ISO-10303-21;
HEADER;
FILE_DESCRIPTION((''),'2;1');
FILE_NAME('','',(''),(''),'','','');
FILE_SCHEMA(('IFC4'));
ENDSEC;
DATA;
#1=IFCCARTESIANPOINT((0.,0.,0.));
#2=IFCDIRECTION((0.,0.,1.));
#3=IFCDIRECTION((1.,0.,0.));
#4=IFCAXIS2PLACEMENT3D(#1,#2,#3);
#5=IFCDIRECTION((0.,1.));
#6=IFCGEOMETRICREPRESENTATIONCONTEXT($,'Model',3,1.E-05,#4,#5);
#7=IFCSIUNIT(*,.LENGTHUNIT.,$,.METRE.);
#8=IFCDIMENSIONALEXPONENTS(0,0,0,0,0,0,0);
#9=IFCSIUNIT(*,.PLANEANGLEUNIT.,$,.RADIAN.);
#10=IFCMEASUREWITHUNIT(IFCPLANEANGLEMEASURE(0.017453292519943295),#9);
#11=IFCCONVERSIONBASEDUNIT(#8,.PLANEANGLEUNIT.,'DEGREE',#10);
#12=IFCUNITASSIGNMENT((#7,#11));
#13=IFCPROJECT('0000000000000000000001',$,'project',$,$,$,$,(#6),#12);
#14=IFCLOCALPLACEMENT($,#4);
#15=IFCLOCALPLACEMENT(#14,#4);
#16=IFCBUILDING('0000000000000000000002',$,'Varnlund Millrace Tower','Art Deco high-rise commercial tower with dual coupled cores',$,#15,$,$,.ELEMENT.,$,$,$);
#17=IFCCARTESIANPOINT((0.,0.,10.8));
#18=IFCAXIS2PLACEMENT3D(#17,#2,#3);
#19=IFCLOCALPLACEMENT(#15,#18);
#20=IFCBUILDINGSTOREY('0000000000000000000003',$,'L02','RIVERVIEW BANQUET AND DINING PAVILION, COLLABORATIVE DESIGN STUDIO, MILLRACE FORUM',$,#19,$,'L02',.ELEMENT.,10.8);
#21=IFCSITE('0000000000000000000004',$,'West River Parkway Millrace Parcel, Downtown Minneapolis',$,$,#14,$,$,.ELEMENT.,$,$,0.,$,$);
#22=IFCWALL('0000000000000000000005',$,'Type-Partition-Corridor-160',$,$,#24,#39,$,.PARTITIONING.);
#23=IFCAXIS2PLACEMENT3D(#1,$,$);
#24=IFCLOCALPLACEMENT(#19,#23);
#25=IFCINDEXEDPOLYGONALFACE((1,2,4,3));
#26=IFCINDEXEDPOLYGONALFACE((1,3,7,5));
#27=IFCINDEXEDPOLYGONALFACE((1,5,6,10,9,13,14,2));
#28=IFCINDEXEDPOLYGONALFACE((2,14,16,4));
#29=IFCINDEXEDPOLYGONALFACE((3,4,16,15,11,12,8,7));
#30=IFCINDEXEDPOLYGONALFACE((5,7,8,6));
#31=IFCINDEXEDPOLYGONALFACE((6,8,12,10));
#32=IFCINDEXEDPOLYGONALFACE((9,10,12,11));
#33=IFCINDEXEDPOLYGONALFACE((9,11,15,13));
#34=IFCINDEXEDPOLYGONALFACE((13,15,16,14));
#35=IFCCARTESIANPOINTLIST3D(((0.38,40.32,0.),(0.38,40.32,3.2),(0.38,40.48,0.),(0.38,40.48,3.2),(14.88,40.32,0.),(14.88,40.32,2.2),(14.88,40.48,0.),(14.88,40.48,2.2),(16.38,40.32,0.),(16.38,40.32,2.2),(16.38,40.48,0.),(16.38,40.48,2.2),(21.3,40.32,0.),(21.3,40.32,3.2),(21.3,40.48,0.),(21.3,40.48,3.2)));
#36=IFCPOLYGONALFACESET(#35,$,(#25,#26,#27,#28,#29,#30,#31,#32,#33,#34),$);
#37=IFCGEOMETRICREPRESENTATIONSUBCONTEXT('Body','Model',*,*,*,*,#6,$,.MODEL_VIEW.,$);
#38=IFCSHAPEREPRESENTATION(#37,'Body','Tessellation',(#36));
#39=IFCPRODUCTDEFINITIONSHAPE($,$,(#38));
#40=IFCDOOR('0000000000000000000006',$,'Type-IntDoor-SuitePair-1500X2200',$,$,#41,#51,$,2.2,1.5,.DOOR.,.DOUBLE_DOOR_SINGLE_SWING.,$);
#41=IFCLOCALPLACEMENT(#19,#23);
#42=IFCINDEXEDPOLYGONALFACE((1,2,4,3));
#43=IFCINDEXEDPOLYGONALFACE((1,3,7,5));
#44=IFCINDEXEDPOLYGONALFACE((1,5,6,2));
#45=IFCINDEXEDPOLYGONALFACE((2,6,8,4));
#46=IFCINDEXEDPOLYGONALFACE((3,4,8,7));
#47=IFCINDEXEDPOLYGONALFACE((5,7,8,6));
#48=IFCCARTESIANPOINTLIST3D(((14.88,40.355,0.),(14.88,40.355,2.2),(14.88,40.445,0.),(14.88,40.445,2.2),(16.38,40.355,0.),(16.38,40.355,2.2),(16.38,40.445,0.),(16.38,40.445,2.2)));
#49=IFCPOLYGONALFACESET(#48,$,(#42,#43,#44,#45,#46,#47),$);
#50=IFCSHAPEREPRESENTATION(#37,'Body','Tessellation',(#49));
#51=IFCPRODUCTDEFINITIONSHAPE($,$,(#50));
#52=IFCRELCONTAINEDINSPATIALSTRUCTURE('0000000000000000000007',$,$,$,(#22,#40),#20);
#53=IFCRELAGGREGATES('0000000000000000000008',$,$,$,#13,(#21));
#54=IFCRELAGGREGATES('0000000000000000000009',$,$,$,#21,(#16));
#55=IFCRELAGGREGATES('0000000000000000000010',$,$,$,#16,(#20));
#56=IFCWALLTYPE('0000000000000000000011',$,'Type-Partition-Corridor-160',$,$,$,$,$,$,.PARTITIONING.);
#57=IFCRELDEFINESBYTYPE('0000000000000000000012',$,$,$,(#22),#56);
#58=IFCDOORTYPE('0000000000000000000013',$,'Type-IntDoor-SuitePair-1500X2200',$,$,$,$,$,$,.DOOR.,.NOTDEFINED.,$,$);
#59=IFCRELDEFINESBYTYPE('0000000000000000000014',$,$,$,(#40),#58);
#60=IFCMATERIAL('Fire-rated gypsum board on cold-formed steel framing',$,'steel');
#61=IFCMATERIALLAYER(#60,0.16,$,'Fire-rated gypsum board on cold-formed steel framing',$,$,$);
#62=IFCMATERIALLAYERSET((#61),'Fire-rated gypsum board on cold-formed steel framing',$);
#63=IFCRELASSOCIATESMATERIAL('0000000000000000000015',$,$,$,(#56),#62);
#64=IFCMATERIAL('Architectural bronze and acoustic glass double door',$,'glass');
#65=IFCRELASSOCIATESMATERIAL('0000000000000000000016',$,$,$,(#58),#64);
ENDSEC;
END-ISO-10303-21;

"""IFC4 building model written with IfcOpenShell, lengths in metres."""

from ifc_helpers import new_model, entity, si_unit, converted_unit, direction, frame, origin_with_axes, origin_2d_with_axis, place, context, subcontext, project, spatial, polyline, rectangle, outline, extrude, material, layer, layer_set, type_object, element, fill, save


model = new_model("IFC4")

# Units and contexts
model_context = context("Model", 3, precision=1e-05, world=origin_with_axes(), true_north=direction((0.0, 1.0)))
body_context = subcontext(model_context, "Body", "Model", "MODEL_VIEW")
ifc_project = project(units=[si_unit("LENGTHUNIT", "METRE"), converted_unit("PLANEANGLEUNIT", "DEGREE", entity("IfcPlaneAngleMeasure", 0.017453292519943295), si_unit("PLANEANGLEUNIT", "RADIAN"), dimensions=[0, 0, 0, 0, 0, 0, 0])], contexts=[model_context])

# Site, building, storey
site_placement = place(None, origin_with_axes())
site = spatial("IfcSite", under=ifc_project, at=site_placement, Name="West River Parkway Millrace Parcel, Downtown Minneapolis", CompositionType="ELEMENT", RefElevation=0.0)
building_placement = place(site_placement, origin_with_axes())
building = spatial("IfcBuilding", under=site, at=building_placement, Name="Varnlund Millrace Tower", Description="Art Deco high-rise commercial tower with dual coupled cores", CompositionType="ELEMENT")
storey_placement = place(building_placement, frame((0.0, 0.0, 10.8), z_axis=(0.0, 0.0, 1.0), x_axis=(1.0, 0.0, 0.0)))
storey = spatial("IfcBuildingStorey", under=building, at=storey_placement, Name="L02", Description="RIVERVIEW BANQUET AND DINING PAVILION, COLLABORATIVE DESIGN STUDIO, MILLRACE FORUM", LongName="L02", CompositionType="ELEMENT", Elevation=10.8)

# Wall, opening, door
ifc_material_1 = material(Name="Fire-rated gypsum board on cold-formed steel framing", Category="steel")
ifc_layer_1 = layer(ifc_material_1, 0.16, Name="Fire-rated gypsum board on cold-formed steel framing")
ifc_layer_set_1 = layer_set([ifc_layer_1], Name="Fire-rated gypsum board on cold-formed steel framing")
wall_type_1 = type_object("IfcWallType", Name="Type-Partition-Corridor-160", PredefinedType="PARTITIONING", material=ifc_layer_set_1)
wall_1_placement = place(storey_placement, frame((0.38, 40.4, 0.0), z_axis=(0.0, 0.0, 1.0), x_axis=(1.0, 0.0, 0.0)))
wall_1 = element("IfcWall", 1, at=wall_1_placement, inside=storey, type_object=wall_type_1, Name="Type-Partition-Corridor-160", PredefinedType="PARTITIONING", context=body_context, shape_type="SweptSolid", body=[
    extrude(outline(polyline([(0.0, -0.08), (20.92, -0.08), (20.92, 0.08), (0.0, 0.08), (0.0, -0.08)])), origin_with_axes(), (0.0, 0.0, 1.0), 3.2),
])
opening_1_placement = place(wall_1_placement, frame((15.25, 0.0, 0.0), z_axis=(0.0, 0.0, 1.0), x_axis=(1.0, 0.0, 0.0)))
opening_1 = element("IfcOpeningElement", 2, at=opening_1_placement, cuts=wall_1, PredefinedType="OPENING", context=body_context, shape_type="SweptSolid", body=[
    extrude(rectangle(XDim=1.5, YDim=0.18, at=origin_2d_with_axis()), origin_with_axes(), (0.0, 0.0, 1.0), 2.2),
])
ifc_material_2 = material(Name="Architectural bronze and acoustic glass double door", Category="glass")
door_type_1 = type_object("IfcDoorType", Name="Type-IntDoor-SuitePair-1500X2200", OperationType="NOTDEFINED", PredefinedType="DOOR", material=ifc_material_2)
door_1_placement = place(wall_1_placement, frame((15.25, 0.0, 0.0), z_axis=(0.0, 0.0, 1.0), x_axis=(1.0, 0.0, 0.0)))
door_1 = element("IfcDoor", 3, at=door_1_placement, inside=storey, type_object=door_type_1, Name="Type-IntDoor-SuitePair-1500X2200", OperationType="DOUBLE_DOOR_SINGLE_SWING", OverallHeight=2.2, OverallWidth=1.5, PredefinedType="DOOR", context=body_context, shape_type="SweptSolid", body=[
    extrude(rectangle(XDim=1.5, YDim=0.09, at=origin_2d_with_axis()), origin_with_axes(), (0.0, 0.0, 1.0), 2.2),
])
fill(opening_1, door_1)

save(model, "model.ifc")
